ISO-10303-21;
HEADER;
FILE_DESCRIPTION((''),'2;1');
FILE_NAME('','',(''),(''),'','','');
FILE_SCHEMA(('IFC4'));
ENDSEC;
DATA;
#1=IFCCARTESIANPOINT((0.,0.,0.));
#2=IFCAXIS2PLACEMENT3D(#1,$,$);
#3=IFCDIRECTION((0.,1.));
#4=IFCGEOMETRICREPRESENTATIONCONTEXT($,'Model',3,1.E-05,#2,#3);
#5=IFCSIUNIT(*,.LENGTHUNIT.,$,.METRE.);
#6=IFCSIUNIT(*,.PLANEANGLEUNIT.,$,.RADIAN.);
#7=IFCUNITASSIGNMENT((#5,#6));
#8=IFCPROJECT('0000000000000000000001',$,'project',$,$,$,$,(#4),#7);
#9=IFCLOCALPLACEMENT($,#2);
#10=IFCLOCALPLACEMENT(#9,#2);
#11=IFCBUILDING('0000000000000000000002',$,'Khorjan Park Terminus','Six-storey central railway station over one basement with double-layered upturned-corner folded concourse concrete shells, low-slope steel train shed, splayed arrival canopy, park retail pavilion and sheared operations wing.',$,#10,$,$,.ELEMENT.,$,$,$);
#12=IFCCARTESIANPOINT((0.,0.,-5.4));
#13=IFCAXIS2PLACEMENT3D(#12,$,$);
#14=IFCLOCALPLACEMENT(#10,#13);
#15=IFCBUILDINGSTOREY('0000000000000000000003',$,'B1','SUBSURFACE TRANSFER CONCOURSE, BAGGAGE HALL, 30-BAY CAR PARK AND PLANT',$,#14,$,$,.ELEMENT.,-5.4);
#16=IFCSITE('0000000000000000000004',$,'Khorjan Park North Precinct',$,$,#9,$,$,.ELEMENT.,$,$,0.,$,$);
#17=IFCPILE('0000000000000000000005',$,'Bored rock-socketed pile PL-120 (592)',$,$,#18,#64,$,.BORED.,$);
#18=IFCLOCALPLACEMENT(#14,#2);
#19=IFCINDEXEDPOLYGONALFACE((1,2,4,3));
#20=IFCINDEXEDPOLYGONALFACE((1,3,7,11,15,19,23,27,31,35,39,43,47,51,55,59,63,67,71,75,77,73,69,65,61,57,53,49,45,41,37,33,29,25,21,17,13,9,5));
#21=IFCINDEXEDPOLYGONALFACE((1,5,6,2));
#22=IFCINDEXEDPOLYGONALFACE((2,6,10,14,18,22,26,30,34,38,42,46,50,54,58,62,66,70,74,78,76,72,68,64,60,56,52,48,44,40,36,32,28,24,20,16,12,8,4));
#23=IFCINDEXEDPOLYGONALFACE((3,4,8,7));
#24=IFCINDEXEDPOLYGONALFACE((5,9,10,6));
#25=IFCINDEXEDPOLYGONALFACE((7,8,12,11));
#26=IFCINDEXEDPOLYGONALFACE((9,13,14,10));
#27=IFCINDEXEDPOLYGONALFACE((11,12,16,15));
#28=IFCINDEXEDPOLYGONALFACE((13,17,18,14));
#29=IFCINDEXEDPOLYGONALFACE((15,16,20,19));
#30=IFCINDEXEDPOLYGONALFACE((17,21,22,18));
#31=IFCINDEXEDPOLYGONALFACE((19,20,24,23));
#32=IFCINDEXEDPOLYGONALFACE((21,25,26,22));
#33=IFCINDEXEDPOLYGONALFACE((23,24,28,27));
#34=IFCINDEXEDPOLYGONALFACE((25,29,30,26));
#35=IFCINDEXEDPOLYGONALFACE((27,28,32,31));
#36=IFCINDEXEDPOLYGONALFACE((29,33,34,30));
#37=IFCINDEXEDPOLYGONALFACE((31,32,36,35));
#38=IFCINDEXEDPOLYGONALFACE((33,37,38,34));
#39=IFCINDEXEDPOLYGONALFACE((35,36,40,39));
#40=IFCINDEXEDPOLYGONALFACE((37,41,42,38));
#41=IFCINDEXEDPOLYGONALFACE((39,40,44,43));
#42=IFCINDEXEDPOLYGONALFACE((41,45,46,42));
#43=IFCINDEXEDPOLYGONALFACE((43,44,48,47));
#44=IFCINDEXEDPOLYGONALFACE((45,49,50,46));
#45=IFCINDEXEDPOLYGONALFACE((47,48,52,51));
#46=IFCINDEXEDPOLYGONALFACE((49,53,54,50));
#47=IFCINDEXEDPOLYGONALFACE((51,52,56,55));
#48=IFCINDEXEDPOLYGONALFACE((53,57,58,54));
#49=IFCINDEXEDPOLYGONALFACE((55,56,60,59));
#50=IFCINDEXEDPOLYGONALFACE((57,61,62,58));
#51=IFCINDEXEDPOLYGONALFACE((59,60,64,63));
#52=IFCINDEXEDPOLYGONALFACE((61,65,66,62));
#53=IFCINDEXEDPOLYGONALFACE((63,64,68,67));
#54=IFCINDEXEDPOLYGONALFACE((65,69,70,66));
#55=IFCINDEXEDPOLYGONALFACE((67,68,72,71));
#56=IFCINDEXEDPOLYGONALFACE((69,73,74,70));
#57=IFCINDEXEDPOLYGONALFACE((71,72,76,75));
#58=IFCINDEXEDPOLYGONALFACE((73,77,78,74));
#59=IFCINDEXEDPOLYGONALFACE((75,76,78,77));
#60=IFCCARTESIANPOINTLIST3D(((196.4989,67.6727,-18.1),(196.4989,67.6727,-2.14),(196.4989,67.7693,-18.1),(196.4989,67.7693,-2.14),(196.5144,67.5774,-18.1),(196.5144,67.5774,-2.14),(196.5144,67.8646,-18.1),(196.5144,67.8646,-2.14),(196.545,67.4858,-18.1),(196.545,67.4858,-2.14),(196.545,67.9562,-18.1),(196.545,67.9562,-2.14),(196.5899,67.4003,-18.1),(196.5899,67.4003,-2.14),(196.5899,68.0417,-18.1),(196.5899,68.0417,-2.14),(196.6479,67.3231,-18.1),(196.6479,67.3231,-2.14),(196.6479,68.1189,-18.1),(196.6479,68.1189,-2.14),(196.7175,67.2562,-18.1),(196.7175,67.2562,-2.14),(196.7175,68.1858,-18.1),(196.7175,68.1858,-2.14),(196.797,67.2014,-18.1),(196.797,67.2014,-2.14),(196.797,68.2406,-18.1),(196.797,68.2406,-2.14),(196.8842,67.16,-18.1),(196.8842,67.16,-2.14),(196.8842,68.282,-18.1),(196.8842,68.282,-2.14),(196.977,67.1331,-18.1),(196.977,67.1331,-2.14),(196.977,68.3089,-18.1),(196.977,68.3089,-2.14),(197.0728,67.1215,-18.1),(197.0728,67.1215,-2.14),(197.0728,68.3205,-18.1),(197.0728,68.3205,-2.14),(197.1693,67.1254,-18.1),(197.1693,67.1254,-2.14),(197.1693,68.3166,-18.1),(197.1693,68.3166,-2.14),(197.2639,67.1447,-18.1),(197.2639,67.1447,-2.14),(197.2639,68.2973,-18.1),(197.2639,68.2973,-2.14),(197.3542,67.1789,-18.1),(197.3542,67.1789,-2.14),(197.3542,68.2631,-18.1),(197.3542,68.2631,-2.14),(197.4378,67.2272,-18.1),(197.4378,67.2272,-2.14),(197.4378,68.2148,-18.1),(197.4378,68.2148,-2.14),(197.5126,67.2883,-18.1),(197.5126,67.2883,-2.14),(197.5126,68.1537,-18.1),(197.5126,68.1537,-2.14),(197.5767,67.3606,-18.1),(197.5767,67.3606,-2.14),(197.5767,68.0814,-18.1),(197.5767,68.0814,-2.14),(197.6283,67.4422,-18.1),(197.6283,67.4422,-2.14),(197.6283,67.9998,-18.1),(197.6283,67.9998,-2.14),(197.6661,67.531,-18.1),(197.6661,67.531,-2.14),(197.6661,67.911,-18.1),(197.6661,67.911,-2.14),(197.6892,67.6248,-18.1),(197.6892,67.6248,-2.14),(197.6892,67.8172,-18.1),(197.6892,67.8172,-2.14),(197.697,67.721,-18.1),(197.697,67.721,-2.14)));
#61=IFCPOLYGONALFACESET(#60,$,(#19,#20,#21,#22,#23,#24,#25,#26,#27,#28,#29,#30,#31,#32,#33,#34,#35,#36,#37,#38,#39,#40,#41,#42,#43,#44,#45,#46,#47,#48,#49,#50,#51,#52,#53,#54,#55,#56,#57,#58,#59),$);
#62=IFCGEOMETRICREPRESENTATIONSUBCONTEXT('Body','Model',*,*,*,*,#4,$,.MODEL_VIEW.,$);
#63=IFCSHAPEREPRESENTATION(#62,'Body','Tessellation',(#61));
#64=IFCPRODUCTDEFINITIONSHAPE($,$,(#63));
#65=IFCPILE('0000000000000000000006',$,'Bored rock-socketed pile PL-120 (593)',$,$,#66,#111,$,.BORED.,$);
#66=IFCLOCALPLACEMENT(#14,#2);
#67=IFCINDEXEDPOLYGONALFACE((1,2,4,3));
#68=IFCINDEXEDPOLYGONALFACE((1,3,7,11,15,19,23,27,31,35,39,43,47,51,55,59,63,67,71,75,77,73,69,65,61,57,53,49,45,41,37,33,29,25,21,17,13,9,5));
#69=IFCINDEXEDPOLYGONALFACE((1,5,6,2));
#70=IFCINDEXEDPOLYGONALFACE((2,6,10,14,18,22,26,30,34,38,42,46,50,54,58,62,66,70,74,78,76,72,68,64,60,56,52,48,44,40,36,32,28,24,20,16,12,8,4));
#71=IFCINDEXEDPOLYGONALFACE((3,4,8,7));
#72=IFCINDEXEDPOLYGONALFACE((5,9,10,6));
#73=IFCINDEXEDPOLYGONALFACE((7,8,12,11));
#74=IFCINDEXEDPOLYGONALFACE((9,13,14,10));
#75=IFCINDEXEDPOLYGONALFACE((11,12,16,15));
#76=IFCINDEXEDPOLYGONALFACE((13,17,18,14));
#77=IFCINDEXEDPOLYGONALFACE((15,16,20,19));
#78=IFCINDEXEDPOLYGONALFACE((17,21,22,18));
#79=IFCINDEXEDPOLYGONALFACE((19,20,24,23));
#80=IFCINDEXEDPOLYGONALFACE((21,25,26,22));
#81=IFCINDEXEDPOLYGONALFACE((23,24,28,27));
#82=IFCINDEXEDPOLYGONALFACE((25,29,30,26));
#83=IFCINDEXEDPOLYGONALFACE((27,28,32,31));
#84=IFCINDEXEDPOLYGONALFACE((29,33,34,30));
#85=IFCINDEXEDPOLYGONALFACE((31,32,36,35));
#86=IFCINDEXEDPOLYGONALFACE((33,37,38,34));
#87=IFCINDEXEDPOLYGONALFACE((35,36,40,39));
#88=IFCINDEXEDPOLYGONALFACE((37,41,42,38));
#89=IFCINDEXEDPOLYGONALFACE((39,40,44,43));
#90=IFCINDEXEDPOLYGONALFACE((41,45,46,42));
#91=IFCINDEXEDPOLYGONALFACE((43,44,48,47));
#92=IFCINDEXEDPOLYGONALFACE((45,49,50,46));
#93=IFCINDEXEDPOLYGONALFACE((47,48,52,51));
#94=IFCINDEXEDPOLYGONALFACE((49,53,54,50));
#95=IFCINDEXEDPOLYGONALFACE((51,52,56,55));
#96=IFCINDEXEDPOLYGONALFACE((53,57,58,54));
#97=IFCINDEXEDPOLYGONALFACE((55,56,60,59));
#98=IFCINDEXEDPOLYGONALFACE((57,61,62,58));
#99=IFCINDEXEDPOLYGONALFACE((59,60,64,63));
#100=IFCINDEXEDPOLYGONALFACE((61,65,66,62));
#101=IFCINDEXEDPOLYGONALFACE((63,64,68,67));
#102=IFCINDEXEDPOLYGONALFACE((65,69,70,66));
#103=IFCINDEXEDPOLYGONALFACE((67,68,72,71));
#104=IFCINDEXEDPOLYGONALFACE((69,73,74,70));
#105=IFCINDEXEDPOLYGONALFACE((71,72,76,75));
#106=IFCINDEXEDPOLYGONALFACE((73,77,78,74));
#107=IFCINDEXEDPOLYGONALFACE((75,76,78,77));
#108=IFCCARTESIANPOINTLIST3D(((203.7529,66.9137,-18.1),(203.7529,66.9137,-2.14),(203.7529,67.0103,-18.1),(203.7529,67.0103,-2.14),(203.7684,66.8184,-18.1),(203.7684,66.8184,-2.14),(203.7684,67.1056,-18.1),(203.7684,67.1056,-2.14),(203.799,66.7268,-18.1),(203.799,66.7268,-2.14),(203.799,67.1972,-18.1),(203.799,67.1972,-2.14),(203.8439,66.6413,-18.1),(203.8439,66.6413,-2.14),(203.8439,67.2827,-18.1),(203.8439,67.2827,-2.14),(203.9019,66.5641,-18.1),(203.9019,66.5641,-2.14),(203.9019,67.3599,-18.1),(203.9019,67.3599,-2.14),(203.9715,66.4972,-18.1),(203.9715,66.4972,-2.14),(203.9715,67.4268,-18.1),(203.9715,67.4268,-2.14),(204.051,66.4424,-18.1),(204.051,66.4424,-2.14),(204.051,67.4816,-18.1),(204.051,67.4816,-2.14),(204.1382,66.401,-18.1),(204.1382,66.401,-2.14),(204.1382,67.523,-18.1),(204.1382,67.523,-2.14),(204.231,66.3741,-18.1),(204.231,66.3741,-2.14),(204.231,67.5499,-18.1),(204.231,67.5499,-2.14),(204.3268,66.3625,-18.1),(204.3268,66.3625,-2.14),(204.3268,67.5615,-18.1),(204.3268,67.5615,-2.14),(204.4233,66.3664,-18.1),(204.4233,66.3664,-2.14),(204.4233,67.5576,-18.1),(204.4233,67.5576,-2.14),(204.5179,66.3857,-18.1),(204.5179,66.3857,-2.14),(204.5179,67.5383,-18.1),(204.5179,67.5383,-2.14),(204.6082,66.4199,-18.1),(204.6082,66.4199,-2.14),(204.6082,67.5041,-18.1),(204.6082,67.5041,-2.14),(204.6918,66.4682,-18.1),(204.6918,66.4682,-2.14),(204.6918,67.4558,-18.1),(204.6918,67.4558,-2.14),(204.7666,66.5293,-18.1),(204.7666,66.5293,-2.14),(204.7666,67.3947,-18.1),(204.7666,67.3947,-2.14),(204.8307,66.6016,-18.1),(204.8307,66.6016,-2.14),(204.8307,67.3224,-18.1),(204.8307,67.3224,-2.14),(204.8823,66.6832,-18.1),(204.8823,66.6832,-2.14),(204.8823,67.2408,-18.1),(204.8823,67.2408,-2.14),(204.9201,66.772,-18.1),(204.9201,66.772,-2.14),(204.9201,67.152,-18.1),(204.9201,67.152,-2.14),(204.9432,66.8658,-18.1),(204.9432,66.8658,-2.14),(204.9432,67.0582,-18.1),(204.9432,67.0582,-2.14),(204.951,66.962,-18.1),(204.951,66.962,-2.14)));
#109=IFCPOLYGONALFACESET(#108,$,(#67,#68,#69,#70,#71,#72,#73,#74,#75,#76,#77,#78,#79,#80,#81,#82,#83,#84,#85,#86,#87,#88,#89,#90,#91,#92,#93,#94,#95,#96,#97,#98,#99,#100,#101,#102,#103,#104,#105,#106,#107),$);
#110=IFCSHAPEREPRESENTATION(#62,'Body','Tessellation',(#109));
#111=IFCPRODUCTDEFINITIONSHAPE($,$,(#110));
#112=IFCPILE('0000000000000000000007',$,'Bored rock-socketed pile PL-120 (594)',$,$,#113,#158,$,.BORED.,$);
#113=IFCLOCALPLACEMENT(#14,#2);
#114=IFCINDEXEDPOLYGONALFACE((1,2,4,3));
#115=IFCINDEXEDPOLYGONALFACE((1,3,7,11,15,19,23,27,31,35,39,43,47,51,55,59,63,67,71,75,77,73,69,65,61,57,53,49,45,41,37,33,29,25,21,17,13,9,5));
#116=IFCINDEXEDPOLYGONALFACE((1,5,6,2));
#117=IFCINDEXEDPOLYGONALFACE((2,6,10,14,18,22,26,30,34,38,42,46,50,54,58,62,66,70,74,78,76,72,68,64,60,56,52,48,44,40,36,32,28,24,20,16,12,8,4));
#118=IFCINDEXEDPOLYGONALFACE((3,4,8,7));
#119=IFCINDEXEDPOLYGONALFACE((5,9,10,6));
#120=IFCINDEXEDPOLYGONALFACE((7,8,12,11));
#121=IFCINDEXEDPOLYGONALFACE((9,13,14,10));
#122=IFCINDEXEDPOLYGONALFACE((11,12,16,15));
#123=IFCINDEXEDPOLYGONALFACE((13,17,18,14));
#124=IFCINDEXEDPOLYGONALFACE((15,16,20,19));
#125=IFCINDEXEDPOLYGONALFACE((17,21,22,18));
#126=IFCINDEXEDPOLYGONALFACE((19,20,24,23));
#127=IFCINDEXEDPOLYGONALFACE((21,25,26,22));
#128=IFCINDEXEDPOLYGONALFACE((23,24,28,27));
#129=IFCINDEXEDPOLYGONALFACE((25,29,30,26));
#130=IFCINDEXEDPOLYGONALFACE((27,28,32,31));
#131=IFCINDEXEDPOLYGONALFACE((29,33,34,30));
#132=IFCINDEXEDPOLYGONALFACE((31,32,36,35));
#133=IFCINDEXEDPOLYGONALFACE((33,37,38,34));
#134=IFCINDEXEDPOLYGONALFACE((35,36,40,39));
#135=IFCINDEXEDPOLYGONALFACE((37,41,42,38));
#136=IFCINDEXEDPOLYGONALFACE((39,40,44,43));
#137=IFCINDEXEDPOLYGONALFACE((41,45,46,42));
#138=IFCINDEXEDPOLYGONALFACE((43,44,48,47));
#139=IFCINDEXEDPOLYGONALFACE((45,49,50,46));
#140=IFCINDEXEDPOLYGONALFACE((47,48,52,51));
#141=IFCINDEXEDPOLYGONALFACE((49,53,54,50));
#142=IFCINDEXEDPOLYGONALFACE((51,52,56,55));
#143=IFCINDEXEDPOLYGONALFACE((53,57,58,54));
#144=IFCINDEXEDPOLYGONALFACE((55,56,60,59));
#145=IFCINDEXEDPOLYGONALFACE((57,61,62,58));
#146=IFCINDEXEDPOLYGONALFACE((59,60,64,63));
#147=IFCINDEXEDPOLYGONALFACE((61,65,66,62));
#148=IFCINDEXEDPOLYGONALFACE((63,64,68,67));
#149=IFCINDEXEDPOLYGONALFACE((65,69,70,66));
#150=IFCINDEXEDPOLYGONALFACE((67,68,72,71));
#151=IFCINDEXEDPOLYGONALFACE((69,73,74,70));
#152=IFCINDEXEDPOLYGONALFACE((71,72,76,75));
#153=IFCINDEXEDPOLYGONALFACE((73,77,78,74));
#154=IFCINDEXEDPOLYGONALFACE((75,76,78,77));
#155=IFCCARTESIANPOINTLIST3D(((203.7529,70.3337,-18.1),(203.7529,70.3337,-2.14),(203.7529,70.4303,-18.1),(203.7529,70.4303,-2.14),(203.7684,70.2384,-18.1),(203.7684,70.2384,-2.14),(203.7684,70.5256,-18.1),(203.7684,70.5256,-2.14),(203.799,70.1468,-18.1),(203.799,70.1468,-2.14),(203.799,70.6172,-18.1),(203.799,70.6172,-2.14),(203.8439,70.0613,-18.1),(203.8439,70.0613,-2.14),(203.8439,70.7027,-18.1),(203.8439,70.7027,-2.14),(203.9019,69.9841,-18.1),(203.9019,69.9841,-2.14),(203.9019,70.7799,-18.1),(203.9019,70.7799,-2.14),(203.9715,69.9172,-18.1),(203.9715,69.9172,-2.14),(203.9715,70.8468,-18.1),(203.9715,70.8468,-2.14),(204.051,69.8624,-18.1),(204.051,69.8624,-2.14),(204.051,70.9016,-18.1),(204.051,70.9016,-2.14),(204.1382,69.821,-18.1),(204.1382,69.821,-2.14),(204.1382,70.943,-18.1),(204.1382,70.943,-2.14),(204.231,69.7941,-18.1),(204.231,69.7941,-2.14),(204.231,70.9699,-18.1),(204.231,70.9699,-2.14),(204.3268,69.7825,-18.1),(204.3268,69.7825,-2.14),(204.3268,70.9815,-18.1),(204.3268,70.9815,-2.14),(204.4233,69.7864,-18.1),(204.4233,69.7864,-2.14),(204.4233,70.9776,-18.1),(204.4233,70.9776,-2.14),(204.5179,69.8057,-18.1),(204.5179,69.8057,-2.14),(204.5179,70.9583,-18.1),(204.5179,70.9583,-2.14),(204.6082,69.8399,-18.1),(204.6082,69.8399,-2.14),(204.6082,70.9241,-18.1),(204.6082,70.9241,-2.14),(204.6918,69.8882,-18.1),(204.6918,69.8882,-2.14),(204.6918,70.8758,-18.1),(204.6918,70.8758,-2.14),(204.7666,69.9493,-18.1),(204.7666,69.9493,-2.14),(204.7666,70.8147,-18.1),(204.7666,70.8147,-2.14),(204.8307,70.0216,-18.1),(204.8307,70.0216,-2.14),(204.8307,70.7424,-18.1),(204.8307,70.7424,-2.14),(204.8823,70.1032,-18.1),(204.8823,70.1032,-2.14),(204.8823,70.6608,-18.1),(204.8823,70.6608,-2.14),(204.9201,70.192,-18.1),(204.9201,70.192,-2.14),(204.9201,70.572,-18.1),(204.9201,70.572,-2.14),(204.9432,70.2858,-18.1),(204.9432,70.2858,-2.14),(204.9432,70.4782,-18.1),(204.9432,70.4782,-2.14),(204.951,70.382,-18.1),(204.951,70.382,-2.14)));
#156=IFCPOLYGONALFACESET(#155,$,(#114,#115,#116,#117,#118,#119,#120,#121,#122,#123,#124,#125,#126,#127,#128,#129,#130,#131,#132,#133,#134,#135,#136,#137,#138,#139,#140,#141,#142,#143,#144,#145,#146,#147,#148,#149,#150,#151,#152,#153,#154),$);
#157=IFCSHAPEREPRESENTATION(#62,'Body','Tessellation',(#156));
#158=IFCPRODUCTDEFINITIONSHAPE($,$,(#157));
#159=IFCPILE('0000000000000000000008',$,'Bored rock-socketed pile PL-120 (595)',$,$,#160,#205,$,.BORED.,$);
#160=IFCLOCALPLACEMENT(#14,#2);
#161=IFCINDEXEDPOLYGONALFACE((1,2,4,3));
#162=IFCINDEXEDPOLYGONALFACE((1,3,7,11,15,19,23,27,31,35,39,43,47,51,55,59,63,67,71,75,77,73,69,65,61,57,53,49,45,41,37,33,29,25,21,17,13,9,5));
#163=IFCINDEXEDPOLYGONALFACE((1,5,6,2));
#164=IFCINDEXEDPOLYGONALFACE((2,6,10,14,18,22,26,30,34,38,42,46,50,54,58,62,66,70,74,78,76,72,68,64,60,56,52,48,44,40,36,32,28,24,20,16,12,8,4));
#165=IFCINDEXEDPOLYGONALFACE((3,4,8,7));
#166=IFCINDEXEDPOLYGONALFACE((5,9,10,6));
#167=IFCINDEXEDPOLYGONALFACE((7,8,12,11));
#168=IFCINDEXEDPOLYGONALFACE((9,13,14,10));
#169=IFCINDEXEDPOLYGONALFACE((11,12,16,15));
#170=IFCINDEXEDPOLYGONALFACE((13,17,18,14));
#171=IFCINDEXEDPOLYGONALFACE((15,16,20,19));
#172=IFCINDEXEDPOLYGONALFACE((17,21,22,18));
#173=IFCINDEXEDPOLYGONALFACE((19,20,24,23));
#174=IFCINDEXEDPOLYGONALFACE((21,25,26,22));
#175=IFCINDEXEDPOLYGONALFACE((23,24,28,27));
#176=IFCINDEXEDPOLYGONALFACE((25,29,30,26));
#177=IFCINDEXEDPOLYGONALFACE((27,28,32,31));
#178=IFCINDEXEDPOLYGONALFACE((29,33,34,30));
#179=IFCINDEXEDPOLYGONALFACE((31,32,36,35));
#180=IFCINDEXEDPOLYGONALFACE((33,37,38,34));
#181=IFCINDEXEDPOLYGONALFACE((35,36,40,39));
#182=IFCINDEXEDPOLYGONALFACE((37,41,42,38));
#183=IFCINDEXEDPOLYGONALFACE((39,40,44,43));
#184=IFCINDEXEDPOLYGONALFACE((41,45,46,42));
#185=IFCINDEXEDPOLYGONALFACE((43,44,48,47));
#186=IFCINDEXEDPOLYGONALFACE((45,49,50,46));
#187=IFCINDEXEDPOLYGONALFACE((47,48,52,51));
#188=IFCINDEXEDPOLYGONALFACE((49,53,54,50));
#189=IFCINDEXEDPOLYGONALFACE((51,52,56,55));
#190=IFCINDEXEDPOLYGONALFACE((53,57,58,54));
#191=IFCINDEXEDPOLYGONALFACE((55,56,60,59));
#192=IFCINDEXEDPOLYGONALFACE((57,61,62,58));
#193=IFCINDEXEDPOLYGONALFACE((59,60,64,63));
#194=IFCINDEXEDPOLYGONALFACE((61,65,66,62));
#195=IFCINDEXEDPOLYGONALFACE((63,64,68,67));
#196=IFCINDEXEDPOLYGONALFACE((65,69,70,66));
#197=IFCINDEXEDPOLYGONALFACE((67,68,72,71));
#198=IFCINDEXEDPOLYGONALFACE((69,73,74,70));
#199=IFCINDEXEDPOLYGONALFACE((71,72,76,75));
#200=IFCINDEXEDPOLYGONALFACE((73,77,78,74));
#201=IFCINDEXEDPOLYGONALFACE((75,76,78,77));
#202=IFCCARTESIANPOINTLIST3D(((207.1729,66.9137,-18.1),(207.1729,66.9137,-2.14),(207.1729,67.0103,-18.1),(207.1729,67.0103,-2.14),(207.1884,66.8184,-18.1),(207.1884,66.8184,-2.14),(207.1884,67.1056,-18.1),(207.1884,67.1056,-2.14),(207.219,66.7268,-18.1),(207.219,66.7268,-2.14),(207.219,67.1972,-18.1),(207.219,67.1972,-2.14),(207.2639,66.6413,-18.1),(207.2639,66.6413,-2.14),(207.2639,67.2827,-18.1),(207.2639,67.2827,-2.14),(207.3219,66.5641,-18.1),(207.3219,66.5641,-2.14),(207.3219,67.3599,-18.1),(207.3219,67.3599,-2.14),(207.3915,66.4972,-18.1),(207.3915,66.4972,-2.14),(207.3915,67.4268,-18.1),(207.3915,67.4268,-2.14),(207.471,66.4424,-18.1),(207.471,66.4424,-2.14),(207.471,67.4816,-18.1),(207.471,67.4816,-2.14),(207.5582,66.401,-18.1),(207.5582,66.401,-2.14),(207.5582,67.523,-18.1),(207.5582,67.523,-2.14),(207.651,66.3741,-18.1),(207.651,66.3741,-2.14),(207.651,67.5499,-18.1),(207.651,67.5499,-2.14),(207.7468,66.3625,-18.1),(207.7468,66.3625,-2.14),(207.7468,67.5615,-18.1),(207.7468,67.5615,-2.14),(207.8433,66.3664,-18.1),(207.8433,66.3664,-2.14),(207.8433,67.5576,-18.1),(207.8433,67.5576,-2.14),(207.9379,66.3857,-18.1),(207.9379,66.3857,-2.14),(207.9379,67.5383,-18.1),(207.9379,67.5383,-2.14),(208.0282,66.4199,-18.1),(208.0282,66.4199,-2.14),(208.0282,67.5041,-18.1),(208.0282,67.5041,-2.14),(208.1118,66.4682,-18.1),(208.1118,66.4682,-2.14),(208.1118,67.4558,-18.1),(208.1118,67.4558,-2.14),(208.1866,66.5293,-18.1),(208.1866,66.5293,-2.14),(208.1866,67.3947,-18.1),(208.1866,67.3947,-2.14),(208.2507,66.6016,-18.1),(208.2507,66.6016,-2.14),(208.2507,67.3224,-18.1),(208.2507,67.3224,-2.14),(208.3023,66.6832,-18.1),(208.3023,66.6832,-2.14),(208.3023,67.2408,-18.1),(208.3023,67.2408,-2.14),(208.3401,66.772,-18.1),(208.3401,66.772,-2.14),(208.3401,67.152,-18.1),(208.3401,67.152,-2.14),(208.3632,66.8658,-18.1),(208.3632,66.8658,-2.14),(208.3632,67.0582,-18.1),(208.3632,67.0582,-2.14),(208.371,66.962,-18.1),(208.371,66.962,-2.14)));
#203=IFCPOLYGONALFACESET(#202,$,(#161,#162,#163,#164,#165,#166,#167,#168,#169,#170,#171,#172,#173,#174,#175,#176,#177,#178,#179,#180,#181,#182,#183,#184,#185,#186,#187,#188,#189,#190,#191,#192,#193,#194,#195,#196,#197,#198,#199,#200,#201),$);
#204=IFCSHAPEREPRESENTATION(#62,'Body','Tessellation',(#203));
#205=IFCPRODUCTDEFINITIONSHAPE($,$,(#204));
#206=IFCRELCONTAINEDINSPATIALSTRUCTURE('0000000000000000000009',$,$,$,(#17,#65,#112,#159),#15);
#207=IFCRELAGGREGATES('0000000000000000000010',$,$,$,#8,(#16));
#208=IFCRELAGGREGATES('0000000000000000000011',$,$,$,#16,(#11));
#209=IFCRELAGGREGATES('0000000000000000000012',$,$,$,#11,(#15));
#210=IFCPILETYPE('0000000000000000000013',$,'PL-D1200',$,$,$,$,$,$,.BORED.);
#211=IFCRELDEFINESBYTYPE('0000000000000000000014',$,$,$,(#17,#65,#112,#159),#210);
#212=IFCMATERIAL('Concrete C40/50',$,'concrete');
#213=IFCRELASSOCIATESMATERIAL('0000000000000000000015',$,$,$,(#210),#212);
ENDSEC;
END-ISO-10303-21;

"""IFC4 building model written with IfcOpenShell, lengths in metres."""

from ifc_helpers import new_model, si_unit, direction, frame, origin, origin_2d, place, context, subcontext, project, spatial, circle, extrude, material, material_profile, profile_set, type_object, element, save


model = new_model("IFC4")

# Units and contexts
model_context = context("Model", 3, precision=1e-05, world=origin(), true_north=direction((0.0, 1.0)))
body_context = subcontext(model_context, "Body", "Model", "MODEL_VIEW")
ifc_project = project(units=[si_unit("LENGTHUNIT", "METRE"), si_unit("PLANEANGLEUNIT", "RADIAN")], contexts=[model_context])

# Site, building, storey
site_placement = place(None, origin())
site = spatial("IfcSite", under=ifc_project, at=site_placement, Name="Khorjan Park North Precinct", CompositionType="ELEMENT", RefElevation=0.0)
building_placement = place(site_placement, origin())
building = spatial("IfcBuilding", under=site, at=building_placement, Name="Khorjan Park Terminus", Description="Six-storey central railway station over one basement with double-layered upturned-corner folded concourse concrete shells, low-slope steel train shed, splayed arrival canopy, park retail pavilion and sheared operations wing.", CompositionType="ELEMENT")
storey_placement = place(building_placement, frame((0.0, 0.0, -5.4)))
storey = spatial("IfcBuildingStorey", under=building, at=storey_placement, Name="B1", Description="SUBSURFACE TRANSFER CONCOURSE, BAGGAGE HALL, 30-BAY CAR PARK AND PLANT", CompositionType="ELEMENT", Elevation=-5.4)

# Piles
ifc_material_1 = material(Name="Concrete C40/50", Category="concrete")
ifc_material_profile_1 = material_profile(ifc_material_1, circle(Radius=0.6, at=origin_2d()), Name="BORED D1200")
ifc_profile_set_1 = profile_set([ifc_material_profile_1], Name="Concrete C40/50")
pile_type_1 = type_object("IfcPileType", Name="PL-D1200", PredefinedType="BORED", material=ifc_profile_set_1)
for number, where, z_axis, x_axis, name in (
    (1, (197.097, 67.721, -2.14), (0.0, 0.0, -1.0), (1.0, 0.0, 0.0), "Bored rock-socketed pile PL-120 (592)"),
    (2, (204.351, 66.962, -2.14), (0.0, 0.0, -1.0), (1.0, 0.0, 0.0), "Bored rock-socketed pile PL-120 (593)"),
    (3, (204.351, 70.382, -2.14), (0.0, 0.0, -1.0), (1.0, 0.0, 0.0), "Bored rock-socketed pile PL-120 (594)"),
    (4, (207.771, 66.962, -2.14), (0.0, 0.0, -1.0), (1.0, 0.0, 0.0), "Bored rock-socketed pile PL-120 (595)"),
):
    element("IfcPile", number, at=place(storey_placement, frame(where, z_axis=z_axis, x_axis=x_axis)), inside=storey, type_object=pile_type_1, Name=name, PredefinedType="BORED", context=body_context, shape_type="SweptSolid", body=[
        extrude(circle(Radius=0.6, at=origin_2d()), origin(), (0.0, 0.0, 1.0), 15.96),
    ])

save(model, "model.ifc")
